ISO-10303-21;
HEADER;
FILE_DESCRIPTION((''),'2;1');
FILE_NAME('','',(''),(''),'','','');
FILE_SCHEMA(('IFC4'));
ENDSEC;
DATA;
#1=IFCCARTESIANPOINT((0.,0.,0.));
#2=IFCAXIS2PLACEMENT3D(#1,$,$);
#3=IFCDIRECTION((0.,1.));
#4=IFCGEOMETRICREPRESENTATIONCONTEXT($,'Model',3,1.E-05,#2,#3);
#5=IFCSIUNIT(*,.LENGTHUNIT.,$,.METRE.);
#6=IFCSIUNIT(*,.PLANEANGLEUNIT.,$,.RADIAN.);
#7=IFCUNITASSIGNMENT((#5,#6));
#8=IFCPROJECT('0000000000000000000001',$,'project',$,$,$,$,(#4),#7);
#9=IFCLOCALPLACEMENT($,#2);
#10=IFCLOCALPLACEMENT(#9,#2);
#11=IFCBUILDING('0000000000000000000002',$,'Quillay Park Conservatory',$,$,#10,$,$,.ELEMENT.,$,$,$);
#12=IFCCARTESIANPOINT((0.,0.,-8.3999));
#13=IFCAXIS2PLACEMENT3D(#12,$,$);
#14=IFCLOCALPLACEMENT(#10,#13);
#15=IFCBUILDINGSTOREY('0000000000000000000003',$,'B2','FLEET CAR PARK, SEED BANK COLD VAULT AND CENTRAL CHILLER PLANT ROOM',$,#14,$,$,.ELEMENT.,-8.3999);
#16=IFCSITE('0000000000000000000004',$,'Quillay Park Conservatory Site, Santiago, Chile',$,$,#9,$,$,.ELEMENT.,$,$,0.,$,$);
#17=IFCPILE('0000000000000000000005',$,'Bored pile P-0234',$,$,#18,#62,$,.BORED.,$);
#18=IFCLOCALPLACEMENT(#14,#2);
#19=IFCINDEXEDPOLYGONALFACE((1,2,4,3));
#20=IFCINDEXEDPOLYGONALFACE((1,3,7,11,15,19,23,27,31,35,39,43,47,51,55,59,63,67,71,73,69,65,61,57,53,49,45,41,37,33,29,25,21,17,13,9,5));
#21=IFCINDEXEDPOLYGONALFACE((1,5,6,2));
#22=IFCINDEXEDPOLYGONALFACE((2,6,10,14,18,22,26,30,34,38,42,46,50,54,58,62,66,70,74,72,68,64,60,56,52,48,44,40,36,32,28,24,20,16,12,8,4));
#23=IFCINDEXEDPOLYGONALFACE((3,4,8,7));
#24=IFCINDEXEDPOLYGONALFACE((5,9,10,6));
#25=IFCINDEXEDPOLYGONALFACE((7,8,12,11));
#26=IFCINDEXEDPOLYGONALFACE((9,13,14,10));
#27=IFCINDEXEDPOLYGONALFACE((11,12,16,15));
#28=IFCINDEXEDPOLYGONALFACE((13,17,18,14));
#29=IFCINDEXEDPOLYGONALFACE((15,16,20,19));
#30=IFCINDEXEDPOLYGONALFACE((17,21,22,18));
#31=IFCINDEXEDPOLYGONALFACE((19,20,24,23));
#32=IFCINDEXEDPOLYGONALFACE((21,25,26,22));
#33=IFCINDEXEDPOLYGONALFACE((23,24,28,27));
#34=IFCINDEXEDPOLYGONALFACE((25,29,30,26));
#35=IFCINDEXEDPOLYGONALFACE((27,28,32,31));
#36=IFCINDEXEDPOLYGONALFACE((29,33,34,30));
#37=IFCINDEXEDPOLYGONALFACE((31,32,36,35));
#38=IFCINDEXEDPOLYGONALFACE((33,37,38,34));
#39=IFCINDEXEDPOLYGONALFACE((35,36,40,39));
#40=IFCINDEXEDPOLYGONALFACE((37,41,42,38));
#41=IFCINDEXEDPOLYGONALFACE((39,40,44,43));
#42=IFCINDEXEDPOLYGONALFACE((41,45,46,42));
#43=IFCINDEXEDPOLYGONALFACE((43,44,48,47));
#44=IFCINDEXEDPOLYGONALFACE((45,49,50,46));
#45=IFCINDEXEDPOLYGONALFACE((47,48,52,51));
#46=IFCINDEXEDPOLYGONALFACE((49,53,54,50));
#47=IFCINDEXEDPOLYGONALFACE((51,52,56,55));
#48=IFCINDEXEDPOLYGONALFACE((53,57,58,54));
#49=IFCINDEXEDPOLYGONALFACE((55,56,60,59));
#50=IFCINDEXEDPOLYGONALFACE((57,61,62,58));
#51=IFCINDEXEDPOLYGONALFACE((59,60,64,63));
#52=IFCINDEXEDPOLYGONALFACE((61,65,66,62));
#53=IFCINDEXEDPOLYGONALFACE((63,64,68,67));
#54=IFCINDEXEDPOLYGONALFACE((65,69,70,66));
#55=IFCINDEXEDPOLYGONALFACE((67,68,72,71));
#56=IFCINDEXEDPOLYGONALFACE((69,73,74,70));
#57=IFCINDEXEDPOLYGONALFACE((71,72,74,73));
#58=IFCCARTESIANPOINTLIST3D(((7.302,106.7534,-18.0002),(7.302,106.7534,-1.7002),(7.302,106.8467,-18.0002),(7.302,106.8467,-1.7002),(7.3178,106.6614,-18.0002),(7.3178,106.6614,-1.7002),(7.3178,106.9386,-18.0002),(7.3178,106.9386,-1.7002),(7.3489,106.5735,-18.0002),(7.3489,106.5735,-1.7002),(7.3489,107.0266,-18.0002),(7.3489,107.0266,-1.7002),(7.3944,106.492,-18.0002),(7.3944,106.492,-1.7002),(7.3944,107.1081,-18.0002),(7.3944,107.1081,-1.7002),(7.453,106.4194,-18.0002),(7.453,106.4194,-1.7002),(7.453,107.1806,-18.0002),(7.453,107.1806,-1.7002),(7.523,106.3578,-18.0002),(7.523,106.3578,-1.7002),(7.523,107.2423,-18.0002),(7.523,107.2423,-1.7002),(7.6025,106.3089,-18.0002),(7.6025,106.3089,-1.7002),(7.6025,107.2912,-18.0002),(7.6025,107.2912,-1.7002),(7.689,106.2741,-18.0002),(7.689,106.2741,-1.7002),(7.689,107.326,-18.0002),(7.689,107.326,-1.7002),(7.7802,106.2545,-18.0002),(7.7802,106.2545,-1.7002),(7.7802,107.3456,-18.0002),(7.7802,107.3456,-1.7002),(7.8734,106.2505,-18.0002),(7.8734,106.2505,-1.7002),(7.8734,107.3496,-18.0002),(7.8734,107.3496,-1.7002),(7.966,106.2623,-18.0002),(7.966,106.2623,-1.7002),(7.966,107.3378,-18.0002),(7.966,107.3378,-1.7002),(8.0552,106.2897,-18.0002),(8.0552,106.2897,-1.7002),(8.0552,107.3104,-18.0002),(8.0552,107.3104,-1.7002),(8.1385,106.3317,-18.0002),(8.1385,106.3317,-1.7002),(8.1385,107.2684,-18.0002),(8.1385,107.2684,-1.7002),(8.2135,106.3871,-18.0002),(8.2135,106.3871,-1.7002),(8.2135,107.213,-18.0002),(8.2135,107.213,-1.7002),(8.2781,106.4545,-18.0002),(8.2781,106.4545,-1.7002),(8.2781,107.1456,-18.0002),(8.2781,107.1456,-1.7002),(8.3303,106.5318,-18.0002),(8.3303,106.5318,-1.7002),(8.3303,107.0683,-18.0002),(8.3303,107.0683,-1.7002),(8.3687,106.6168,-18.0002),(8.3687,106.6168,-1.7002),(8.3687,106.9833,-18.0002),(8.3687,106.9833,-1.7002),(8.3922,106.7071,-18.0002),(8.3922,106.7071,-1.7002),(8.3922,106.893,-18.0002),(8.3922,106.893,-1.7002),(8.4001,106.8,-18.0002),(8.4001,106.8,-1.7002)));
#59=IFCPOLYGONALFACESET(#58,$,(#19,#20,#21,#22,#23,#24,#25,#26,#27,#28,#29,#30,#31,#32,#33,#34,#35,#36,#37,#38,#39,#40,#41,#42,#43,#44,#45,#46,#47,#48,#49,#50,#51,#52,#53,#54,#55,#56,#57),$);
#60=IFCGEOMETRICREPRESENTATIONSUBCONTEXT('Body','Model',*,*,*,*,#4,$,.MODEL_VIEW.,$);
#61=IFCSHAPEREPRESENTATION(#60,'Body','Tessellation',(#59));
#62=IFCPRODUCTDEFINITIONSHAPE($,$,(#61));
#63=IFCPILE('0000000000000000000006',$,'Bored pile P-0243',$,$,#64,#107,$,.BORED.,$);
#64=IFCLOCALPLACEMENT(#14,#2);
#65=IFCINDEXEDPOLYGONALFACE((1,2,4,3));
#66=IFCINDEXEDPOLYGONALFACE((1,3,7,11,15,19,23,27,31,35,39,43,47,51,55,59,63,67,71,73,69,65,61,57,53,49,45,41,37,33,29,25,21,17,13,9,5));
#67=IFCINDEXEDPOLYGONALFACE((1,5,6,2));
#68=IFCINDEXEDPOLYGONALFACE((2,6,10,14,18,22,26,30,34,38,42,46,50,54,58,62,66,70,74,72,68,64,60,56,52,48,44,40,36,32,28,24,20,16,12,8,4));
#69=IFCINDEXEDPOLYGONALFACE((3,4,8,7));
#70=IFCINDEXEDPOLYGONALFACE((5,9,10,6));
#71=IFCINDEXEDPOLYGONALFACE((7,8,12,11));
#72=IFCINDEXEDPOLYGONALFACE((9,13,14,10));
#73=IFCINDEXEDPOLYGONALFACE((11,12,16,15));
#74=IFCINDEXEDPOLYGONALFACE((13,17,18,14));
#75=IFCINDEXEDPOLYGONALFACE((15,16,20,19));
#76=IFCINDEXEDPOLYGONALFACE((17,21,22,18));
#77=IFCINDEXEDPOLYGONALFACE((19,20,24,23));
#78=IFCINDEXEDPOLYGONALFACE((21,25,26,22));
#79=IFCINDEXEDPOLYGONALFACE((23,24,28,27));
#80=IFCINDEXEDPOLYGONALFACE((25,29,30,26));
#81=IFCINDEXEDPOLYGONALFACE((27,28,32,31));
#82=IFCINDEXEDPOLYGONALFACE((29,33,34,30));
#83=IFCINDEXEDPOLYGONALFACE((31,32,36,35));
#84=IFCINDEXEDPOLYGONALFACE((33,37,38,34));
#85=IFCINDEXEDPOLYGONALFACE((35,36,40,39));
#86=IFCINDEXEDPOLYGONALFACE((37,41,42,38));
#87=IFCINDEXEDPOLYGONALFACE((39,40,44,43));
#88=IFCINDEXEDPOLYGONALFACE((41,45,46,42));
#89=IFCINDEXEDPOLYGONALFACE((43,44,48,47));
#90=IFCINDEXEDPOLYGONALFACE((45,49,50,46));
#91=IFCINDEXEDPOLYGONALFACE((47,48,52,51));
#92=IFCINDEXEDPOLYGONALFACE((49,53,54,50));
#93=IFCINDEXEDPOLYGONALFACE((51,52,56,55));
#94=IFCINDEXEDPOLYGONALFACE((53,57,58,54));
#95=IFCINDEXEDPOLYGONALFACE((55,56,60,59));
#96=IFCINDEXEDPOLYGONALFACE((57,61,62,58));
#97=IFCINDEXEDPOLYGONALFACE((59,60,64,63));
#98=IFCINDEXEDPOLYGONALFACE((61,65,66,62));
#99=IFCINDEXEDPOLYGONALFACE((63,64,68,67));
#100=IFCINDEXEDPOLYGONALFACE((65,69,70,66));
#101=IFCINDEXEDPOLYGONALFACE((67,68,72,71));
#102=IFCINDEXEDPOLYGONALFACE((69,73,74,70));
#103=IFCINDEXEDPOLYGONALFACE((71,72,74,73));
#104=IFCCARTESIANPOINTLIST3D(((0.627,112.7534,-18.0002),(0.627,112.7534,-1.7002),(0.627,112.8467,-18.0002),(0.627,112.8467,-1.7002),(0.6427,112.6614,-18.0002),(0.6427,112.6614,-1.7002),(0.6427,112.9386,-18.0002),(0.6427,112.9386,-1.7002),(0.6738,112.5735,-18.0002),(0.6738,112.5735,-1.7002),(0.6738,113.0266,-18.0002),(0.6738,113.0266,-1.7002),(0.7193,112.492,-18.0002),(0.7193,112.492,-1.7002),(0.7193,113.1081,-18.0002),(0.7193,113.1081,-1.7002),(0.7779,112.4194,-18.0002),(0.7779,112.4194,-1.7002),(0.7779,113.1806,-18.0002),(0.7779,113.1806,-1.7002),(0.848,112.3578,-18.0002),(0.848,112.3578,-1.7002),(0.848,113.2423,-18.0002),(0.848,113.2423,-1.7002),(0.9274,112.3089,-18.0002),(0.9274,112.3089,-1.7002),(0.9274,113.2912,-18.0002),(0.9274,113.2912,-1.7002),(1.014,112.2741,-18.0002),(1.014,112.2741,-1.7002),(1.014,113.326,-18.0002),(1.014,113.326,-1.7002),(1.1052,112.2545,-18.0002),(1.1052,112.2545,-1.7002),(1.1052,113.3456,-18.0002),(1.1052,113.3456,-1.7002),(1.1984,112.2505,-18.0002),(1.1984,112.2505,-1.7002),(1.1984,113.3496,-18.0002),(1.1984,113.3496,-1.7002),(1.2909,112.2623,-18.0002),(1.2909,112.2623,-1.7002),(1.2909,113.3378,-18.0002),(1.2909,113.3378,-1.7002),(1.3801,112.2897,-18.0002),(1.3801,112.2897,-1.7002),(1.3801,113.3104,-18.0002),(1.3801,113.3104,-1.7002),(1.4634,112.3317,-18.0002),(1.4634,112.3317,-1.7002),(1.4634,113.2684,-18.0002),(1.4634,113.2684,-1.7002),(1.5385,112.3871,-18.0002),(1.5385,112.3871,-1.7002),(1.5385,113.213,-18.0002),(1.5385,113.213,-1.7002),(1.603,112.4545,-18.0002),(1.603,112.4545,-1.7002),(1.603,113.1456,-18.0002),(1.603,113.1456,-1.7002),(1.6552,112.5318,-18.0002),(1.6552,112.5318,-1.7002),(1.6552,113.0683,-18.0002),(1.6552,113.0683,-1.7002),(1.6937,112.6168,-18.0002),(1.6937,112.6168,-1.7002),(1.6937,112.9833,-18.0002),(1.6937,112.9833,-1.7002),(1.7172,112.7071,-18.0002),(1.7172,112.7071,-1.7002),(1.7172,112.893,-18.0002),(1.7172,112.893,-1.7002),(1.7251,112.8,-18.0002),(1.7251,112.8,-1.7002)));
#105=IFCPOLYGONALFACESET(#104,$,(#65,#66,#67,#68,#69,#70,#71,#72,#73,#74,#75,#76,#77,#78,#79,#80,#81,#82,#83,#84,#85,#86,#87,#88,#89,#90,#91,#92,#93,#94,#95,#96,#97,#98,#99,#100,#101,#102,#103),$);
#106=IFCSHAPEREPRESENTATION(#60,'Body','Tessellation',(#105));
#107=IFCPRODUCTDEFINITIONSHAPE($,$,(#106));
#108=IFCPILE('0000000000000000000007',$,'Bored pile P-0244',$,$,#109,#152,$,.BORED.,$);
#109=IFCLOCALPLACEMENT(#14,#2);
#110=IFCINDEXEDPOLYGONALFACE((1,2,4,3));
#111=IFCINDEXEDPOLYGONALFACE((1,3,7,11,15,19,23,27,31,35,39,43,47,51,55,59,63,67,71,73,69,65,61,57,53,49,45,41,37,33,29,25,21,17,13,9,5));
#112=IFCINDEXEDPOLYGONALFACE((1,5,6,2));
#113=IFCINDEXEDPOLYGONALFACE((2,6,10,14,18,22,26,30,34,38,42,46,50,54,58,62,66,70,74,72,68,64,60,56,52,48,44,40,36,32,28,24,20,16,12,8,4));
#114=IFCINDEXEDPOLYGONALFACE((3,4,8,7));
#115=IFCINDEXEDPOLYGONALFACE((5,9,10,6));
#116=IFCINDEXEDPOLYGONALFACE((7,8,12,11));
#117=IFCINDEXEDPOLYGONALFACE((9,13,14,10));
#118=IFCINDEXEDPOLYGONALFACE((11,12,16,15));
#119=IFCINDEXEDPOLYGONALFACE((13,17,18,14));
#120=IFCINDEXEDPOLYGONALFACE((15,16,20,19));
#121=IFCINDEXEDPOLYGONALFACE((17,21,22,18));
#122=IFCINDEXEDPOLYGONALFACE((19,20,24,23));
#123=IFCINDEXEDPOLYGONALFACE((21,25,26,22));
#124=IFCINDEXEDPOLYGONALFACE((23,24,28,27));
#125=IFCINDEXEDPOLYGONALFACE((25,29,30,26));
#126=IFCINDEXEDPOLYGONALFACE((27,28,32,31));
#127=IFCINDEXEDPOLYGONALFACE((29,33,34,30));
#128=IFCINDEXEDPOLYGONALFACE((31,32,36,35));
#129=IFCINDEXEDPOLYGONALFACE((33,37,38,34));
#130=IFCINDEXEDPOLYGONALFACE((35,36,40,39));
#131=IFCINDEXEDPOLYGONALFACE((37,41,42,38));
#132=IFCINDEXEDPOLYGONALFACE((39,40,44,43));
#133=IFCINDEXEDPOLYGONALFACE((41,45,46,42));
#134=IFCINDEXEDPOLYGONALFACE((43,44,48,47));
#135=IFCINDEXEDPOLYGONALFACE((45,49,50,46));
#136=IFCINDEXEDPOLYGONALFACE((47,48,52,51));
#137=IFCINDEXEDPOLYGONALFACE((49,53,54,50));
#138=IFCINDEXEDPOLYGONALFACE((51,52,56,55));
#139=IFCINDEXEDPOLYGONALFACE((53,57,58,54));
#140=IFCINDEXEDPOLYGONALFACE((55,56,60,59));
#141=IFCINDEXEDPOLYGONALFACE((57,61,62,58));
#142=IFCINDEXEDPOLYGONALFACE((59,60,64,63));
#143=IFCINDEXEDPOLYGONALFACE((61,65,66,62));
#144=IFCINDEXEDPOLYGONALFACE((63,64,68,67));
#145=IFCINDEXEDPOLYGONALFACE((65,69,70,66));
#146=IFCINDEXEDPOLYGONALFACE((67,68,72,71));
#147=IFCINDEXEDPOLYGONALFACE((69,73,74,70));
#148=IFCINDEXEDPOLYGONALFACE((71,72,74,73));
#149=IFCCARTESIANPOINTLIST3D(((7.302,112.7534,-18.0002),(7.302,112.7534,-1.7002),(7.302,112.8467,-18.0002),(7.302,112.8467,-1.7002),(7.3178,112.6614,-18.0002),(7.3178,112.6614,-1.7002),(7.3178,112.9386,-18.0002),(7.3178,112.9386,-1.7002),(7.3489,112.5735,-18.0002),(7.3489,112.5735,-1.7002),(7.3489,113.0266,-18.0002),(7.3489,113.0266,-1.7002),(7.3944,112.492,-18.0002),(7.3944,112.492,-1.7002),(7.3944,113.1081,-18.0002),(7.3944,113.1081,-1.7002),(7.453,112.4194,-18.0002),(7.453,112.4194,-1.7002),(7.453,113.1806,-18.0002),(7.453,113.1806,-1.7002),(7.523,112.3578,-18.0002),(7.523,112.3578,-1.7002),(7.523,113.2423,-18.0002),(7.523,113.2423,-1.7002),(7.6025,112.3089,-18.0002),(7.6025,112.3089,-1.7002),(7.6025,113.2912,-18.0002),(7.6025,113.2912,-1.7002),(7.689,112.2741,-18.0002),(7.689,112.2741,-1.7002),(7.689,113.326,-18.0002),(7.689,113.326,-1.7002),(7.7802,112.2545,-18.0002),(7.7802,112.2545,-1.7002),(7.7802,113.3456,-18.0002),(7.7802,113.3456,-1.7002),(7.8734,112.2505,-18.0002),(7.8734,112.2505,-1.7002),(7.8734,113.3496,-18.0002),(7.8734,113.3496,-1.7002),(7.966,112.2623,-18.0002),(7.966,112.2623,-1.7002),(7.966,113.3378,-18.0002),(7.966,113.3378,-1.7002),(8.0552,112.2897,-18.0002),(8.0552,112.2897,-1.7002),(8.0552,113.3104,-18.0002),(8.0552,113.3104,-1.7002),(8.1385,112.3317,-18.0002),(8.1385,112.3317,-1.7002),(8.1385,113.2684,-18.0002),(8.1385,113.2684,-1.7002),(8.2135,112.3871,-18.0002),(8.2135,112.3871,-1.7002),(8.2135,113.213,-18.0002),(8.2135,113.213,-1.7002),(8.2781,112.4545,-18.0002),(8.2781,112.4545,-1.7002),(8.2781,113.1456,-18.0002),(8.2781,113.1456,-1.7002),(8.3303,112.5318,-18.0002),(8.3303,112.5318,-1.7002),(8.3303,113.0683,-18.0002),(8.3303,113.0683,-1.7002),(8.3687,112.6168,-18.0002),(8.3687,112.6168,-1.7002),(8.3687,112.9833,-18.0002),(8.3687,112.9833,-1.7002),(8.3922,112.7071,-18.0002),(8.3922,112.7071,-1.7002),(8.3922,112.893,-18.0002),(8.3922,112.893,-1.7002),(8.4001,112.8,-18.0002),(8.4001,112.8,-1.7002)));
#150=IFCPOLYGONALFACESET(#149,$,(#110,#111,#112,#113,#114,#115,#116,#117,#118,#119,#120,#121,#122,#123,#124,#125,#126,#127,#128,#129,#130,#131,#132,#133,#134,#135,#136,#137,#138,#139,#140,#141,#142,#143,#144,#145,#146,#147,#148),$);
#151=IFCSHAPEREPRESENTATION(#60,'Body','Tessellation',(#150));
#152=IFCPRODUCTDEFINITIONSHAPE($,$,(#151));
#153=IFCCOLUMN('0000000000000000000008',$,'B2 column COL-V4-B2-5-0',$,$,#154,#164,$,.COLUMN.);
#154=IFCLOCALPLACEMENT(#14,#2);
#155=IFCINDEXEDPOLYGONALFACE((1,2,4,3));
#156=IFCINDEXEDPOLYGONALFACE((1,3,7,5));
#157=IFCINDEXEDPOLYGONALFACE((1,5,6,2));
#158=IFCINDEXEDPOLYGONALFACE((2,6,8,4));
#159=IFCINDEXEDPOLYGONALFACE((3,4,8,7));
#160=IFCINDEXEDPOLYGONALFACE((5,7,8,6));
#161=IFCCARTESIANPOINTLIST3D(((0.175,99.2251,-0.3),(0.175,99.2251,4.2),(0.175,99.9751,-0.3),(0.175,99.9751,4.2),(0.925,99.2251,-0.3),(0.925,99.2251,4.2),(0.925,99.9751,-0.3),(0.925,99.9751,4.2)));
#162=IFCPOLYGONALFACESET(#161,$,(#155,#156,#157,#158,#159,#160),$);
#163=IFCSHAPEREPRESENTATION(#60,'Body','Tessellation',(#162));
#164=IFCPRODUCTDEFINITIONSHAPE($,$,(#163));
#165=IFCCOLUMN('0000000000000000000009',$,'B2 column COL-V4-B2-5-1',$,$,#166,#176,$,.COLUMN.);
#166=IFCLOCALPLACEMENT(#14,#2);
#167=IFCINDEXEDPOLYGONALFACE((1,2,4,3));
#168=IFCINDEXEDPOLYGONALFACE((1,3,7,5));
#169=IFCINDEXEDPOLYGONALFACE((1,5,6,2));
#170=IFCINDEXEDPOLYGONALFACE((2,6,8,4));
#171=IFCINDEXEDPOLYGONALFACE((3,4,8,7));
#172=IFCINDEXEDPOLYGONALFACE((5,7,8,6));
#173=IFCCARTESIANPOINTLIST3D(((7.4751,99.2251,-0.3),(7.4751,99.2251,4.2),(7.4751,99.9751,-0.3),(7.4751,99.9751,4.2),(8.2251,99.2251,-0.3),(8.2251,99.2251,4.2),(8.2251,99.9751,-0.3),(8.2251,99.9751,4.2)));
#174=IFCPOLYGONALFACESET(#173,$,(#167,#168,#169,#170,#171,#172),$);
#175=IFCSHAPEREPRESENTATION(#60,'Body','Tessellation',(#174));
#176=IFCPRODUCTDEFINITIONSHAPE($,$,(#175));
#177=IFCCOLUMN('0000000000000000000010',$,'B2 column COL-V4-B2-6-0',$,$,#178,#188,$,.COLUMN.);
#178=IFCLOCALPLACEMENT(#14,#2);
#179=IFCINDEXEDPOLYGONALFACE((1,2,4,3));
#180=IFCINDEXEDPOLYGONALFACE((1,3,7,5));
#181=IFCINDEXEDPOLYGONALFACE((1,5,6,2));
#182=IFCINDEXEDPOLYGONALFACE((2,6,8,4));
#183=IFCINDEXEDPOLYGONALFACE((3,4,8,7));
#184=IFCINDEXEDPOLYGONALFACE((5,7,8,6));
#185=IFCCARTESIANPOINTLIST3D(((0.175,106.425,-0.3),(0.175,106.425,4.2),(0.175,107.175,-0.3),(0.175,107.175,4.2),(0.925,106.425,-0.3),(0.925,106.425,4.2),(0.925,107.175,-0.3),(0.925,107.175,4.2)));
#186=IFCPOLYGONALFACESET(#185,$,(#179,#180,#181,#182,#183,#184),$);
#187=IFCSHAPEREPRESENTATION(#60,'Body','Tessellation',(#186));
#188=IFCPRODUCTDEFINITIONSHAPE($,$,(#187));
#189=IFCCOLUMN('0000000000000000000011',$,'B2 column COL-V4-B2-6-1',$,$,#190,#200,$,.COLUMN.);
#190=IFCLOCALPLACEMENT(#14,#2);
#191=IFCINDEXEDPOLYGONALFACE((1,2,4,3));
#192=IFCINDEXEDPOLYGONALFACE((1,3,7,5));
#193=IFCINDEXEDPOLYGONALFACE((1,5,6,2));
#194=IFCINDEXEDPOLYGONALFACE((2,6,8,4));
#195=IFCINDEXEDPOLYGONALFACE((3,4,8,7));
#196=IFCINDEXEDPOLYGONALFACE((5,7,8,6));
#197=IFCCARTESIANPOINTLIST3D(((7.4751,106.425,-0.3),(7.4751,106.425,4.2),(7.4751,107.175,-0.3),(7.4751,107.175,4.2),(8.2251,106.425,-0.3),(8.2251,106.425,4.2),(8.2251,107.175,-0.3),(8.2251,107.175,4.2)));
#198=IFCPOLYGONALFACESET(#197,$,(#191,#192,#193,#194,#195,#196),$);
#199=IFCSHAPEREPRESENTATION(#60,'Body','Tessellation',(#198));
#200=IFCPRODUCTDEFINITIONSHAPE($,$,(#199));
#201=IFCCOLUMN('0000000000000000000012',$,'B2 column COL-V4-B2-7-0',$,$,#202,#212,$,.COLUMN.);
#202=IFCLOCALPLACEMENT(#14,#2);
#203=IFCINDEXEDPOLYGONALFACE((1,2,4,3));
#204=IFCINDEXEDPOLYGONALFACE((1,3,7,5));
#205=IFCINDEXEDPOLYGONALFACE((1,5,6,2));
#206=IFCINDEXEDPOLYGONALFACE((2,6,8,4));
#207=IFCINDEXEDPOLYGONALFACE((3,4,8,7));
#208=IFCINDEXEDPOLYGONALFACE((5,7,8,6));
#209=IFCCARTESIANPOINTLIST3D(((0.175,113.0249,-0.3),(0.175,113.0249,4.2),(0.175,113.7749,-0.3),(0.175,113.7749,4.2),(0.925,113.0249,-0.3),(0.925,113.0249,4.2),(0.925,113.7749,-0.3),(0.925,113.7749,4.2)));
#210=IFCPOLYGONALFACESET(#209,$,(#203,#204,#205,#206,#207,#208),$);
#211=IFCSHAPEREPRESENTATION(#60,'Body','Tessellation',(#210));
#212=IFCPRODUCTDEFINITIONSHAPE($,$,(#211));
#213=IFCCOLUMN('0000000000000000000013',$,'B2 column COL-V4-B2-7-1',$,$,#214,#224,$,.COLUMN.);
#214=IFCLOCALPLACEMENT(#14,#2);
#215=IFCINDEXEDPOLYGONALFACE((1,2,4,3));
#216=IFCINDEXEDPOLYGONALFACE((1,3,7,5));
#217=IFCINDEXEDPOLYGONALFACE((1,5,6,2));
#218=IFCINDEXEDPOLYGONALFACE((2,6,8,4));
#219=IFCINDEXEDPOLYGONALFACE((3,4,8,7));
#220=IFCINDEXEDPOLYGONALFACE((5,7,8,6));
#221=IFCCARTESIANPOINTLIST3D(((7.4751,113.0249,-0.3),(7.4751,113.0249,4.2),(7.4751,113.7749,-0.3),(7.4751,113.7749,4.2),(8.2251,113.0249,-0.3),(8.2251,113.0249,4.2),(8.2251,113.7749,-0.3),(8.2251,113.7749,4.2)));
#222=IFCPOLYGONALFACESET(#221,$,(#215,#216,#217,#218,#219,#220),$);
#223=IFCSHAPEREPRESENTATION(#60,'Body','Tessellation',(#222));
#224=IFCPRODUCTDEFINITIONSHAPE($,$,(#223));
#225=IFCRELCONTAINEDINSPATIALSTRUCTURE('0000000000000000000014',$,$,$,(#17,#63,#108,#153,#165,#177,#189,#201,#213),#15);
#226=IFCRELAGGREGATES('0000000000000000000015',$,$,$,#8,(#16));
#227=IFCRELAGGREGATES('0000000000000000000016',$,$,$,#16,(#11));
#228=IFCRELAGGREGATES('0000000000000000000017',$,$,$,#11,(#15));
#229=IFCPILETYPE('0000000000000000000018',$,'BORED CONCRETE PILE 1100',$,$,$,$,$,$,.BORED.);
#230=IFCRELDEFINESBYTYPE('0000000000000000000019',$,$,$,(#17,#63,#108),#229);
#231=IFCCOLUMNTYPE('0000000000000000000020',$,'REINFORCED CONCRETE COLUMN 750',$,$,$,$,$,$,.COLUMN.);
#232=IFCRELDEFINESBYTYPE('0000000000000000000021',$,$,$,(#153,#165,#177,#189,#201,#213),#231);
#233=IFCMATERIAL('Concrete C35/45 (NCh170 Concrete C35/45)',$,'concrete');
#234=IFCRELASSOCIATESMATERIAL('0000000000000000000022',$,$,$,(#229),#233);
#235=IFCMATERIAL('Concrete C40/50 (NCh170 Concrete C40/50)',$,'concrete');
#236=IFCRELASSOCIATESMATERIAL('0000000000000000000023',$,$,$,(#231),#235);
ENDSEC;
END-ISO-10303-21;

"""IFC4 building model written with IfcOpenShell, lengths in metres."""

from ifc_helpers import new_model, si_unit, direction, frame, origin, origin_2d, place, context, subcontext, project, spatial, rectangle, circle, extrude, material, material_profile, profile_set, type_object, element, save


model = new_model("IFC4")

# Units and contexts
model_context = context("Model", 3, precision=1e-05, world=origin(), true_north=direction((0.0, 1.0)))
body_context = subcontext(model_context, "Body", "Model", "MODEL_VIEW")
ifc_project = project(units=[si_unit("LENGTHUNIT", "METRE"), si_unit("PLANEANGLEUNIT", "RADIAN")], contexts=[model_context])

# Site, building, storey
site_placement = place(None, origin())
site = spatial("IfcSite", under=ifc_project, at=site_placement, Name="Quillay Park Conservatory Site, Santiago, Chile", CompositionType="ELEMENT", RefElevation=0.0)
building_placement = place(site_placement, origin())
building = spatial("IfcBuilding", under=site, at=building_placement, Name="Quillay Park Conservatory", CompositionType="ELEMENT")
storey_placement = place(building_placement, frame((0.0, 0.0, -8.3999)))
storey = spatial("IfcBuildingStorey", under=building, at=storey_placement, Name="B2", Description="FLEET CAR PARK, SEED BANK COLD VAULT AND CENTRAL CHILLER PLANT ROOM", CompositionType="ELEMENT", Elevation=-8.3999)

# Piles
ifc_material_1 = material(Name="Concrete C35/45 (NCh170 Concrete C35/45)", Category="concrete")
ifc_material_profile_1 = material_profile(ifc_material_1, circle(Radius=0.55, at=origin_2d()), Name="PILE1100")
ifc_profile_set_1 = profile_set([ifc_material_profile_1], Name="Concrete C35/45 (NCh170 Concrete C35/45)")
pile_type = type_object("IfcPileType", Name="BORED CONCRETE PILE 1100", PredefinedType="BORED", material=ifc_profile_set_1)
for number, where, z_axis, x_axis, name in (
    (1, (7.8501, 106.8, -1.7002), (0.0, 0.0, -1.0), (1.0, 0.0, 0.0), "Bored pile P-0234"),
    (2, (1.175, 112.8, -1.7002), (0.0, 0.0, -1.0), (1.0, 0.0, 0.0), "Bored pile P-0243"),
    (3, (7.8501, 112.8, -1.7002), (0.0, 0.0, -1.0), (1.0, 0.0, 0.0), "Bored pile P-0244"),
):
    element("IfcPile", number, at=place(storey_placement, frame(where, z_axis=z_axis, x_axis=x_axis)), inside=storey, type_object=pile_type, Name=name, PredefinedType="BORED", context=body_context, shape_type="SweptSolid", body=[
        extrude(circle(Radius=0.55, at=origin_2d()), origin(), (0.0, 0.0, 1.0), 16.3),
    ])

# Columns
ifc_material_2 = material(Name="Concrete C40/50 (NCh170 Concrete C40/50)", Category="concrete")
ifc_material_profile_2 = material_profile(ifc_material_2, rectangle(XDim=0.75, YDim=0.75, at=origin_2d()), Name="RC750x750")
ifc_profile_set_2 = profile_set([ifc_material_profile_2], Name="Concrete C40/50 (NCh170 Concrete C40/50)")
column_type = type_object("IfcColumnType", Name="REINFORCED CONCRETE COLUMN 750", PredefinedType="COLUMN", material=ifc_profile_set_2)
for number, where, z_axis, x_axis, name in (
    (4, (0.55, 99.6001, -0.3), (0.0, 0.0, 1.0), (1.0, 0.0, 0.0), "B2 column COL-V4-B2-5-0"),
    (5, (7.8501, 99.6001, -0.3), (0.0, 0.0, 1.0), (1.0, 0.0, 0.0), "B2 column COL-V4-B2-5-1"),
    (6, (0.55, 106.8, -0.3), (0.0, 0.0, 1.0), (1.0, 0.0, 0.0), "B2 column COL-V4-B2-6-0"),
    (7, (7.8501, 106.8, -0.3), (0.0, 0.0, 1.0), (1.0, 0.0, 0.0), "B2 column COL-V4-B2-6-1"),
    (8, (0.55, 113.3999, -0.3), (0.0, 0.0, 1.0), (1.0, 0.0, 0.0), "B2 column COL-V4-B2-7-0"),
    (9, (7.8501, 113.3999, -0.3), (0.0, 0.0, 1.0), (1.0, 0.0, 0.0), "B2 column COL-V4-B2-7-1"),
):
    element("IfcColumn", number, at=place(storey_placement, frame(where, z_axis=z_axis, x_axis=x_axis)), inside=storey, type_object=column_type, Name=name, PredefinedType="COLUMN", context=body_context, shape_type="SweptSolid", body=[
        extrude(rectangle(XDim=0.75, YDim=0.75, at=origin_2d()), origin(), (0.0, 0.0, 1.0), 4.5),
    ])

save(model, "model.ifc")
